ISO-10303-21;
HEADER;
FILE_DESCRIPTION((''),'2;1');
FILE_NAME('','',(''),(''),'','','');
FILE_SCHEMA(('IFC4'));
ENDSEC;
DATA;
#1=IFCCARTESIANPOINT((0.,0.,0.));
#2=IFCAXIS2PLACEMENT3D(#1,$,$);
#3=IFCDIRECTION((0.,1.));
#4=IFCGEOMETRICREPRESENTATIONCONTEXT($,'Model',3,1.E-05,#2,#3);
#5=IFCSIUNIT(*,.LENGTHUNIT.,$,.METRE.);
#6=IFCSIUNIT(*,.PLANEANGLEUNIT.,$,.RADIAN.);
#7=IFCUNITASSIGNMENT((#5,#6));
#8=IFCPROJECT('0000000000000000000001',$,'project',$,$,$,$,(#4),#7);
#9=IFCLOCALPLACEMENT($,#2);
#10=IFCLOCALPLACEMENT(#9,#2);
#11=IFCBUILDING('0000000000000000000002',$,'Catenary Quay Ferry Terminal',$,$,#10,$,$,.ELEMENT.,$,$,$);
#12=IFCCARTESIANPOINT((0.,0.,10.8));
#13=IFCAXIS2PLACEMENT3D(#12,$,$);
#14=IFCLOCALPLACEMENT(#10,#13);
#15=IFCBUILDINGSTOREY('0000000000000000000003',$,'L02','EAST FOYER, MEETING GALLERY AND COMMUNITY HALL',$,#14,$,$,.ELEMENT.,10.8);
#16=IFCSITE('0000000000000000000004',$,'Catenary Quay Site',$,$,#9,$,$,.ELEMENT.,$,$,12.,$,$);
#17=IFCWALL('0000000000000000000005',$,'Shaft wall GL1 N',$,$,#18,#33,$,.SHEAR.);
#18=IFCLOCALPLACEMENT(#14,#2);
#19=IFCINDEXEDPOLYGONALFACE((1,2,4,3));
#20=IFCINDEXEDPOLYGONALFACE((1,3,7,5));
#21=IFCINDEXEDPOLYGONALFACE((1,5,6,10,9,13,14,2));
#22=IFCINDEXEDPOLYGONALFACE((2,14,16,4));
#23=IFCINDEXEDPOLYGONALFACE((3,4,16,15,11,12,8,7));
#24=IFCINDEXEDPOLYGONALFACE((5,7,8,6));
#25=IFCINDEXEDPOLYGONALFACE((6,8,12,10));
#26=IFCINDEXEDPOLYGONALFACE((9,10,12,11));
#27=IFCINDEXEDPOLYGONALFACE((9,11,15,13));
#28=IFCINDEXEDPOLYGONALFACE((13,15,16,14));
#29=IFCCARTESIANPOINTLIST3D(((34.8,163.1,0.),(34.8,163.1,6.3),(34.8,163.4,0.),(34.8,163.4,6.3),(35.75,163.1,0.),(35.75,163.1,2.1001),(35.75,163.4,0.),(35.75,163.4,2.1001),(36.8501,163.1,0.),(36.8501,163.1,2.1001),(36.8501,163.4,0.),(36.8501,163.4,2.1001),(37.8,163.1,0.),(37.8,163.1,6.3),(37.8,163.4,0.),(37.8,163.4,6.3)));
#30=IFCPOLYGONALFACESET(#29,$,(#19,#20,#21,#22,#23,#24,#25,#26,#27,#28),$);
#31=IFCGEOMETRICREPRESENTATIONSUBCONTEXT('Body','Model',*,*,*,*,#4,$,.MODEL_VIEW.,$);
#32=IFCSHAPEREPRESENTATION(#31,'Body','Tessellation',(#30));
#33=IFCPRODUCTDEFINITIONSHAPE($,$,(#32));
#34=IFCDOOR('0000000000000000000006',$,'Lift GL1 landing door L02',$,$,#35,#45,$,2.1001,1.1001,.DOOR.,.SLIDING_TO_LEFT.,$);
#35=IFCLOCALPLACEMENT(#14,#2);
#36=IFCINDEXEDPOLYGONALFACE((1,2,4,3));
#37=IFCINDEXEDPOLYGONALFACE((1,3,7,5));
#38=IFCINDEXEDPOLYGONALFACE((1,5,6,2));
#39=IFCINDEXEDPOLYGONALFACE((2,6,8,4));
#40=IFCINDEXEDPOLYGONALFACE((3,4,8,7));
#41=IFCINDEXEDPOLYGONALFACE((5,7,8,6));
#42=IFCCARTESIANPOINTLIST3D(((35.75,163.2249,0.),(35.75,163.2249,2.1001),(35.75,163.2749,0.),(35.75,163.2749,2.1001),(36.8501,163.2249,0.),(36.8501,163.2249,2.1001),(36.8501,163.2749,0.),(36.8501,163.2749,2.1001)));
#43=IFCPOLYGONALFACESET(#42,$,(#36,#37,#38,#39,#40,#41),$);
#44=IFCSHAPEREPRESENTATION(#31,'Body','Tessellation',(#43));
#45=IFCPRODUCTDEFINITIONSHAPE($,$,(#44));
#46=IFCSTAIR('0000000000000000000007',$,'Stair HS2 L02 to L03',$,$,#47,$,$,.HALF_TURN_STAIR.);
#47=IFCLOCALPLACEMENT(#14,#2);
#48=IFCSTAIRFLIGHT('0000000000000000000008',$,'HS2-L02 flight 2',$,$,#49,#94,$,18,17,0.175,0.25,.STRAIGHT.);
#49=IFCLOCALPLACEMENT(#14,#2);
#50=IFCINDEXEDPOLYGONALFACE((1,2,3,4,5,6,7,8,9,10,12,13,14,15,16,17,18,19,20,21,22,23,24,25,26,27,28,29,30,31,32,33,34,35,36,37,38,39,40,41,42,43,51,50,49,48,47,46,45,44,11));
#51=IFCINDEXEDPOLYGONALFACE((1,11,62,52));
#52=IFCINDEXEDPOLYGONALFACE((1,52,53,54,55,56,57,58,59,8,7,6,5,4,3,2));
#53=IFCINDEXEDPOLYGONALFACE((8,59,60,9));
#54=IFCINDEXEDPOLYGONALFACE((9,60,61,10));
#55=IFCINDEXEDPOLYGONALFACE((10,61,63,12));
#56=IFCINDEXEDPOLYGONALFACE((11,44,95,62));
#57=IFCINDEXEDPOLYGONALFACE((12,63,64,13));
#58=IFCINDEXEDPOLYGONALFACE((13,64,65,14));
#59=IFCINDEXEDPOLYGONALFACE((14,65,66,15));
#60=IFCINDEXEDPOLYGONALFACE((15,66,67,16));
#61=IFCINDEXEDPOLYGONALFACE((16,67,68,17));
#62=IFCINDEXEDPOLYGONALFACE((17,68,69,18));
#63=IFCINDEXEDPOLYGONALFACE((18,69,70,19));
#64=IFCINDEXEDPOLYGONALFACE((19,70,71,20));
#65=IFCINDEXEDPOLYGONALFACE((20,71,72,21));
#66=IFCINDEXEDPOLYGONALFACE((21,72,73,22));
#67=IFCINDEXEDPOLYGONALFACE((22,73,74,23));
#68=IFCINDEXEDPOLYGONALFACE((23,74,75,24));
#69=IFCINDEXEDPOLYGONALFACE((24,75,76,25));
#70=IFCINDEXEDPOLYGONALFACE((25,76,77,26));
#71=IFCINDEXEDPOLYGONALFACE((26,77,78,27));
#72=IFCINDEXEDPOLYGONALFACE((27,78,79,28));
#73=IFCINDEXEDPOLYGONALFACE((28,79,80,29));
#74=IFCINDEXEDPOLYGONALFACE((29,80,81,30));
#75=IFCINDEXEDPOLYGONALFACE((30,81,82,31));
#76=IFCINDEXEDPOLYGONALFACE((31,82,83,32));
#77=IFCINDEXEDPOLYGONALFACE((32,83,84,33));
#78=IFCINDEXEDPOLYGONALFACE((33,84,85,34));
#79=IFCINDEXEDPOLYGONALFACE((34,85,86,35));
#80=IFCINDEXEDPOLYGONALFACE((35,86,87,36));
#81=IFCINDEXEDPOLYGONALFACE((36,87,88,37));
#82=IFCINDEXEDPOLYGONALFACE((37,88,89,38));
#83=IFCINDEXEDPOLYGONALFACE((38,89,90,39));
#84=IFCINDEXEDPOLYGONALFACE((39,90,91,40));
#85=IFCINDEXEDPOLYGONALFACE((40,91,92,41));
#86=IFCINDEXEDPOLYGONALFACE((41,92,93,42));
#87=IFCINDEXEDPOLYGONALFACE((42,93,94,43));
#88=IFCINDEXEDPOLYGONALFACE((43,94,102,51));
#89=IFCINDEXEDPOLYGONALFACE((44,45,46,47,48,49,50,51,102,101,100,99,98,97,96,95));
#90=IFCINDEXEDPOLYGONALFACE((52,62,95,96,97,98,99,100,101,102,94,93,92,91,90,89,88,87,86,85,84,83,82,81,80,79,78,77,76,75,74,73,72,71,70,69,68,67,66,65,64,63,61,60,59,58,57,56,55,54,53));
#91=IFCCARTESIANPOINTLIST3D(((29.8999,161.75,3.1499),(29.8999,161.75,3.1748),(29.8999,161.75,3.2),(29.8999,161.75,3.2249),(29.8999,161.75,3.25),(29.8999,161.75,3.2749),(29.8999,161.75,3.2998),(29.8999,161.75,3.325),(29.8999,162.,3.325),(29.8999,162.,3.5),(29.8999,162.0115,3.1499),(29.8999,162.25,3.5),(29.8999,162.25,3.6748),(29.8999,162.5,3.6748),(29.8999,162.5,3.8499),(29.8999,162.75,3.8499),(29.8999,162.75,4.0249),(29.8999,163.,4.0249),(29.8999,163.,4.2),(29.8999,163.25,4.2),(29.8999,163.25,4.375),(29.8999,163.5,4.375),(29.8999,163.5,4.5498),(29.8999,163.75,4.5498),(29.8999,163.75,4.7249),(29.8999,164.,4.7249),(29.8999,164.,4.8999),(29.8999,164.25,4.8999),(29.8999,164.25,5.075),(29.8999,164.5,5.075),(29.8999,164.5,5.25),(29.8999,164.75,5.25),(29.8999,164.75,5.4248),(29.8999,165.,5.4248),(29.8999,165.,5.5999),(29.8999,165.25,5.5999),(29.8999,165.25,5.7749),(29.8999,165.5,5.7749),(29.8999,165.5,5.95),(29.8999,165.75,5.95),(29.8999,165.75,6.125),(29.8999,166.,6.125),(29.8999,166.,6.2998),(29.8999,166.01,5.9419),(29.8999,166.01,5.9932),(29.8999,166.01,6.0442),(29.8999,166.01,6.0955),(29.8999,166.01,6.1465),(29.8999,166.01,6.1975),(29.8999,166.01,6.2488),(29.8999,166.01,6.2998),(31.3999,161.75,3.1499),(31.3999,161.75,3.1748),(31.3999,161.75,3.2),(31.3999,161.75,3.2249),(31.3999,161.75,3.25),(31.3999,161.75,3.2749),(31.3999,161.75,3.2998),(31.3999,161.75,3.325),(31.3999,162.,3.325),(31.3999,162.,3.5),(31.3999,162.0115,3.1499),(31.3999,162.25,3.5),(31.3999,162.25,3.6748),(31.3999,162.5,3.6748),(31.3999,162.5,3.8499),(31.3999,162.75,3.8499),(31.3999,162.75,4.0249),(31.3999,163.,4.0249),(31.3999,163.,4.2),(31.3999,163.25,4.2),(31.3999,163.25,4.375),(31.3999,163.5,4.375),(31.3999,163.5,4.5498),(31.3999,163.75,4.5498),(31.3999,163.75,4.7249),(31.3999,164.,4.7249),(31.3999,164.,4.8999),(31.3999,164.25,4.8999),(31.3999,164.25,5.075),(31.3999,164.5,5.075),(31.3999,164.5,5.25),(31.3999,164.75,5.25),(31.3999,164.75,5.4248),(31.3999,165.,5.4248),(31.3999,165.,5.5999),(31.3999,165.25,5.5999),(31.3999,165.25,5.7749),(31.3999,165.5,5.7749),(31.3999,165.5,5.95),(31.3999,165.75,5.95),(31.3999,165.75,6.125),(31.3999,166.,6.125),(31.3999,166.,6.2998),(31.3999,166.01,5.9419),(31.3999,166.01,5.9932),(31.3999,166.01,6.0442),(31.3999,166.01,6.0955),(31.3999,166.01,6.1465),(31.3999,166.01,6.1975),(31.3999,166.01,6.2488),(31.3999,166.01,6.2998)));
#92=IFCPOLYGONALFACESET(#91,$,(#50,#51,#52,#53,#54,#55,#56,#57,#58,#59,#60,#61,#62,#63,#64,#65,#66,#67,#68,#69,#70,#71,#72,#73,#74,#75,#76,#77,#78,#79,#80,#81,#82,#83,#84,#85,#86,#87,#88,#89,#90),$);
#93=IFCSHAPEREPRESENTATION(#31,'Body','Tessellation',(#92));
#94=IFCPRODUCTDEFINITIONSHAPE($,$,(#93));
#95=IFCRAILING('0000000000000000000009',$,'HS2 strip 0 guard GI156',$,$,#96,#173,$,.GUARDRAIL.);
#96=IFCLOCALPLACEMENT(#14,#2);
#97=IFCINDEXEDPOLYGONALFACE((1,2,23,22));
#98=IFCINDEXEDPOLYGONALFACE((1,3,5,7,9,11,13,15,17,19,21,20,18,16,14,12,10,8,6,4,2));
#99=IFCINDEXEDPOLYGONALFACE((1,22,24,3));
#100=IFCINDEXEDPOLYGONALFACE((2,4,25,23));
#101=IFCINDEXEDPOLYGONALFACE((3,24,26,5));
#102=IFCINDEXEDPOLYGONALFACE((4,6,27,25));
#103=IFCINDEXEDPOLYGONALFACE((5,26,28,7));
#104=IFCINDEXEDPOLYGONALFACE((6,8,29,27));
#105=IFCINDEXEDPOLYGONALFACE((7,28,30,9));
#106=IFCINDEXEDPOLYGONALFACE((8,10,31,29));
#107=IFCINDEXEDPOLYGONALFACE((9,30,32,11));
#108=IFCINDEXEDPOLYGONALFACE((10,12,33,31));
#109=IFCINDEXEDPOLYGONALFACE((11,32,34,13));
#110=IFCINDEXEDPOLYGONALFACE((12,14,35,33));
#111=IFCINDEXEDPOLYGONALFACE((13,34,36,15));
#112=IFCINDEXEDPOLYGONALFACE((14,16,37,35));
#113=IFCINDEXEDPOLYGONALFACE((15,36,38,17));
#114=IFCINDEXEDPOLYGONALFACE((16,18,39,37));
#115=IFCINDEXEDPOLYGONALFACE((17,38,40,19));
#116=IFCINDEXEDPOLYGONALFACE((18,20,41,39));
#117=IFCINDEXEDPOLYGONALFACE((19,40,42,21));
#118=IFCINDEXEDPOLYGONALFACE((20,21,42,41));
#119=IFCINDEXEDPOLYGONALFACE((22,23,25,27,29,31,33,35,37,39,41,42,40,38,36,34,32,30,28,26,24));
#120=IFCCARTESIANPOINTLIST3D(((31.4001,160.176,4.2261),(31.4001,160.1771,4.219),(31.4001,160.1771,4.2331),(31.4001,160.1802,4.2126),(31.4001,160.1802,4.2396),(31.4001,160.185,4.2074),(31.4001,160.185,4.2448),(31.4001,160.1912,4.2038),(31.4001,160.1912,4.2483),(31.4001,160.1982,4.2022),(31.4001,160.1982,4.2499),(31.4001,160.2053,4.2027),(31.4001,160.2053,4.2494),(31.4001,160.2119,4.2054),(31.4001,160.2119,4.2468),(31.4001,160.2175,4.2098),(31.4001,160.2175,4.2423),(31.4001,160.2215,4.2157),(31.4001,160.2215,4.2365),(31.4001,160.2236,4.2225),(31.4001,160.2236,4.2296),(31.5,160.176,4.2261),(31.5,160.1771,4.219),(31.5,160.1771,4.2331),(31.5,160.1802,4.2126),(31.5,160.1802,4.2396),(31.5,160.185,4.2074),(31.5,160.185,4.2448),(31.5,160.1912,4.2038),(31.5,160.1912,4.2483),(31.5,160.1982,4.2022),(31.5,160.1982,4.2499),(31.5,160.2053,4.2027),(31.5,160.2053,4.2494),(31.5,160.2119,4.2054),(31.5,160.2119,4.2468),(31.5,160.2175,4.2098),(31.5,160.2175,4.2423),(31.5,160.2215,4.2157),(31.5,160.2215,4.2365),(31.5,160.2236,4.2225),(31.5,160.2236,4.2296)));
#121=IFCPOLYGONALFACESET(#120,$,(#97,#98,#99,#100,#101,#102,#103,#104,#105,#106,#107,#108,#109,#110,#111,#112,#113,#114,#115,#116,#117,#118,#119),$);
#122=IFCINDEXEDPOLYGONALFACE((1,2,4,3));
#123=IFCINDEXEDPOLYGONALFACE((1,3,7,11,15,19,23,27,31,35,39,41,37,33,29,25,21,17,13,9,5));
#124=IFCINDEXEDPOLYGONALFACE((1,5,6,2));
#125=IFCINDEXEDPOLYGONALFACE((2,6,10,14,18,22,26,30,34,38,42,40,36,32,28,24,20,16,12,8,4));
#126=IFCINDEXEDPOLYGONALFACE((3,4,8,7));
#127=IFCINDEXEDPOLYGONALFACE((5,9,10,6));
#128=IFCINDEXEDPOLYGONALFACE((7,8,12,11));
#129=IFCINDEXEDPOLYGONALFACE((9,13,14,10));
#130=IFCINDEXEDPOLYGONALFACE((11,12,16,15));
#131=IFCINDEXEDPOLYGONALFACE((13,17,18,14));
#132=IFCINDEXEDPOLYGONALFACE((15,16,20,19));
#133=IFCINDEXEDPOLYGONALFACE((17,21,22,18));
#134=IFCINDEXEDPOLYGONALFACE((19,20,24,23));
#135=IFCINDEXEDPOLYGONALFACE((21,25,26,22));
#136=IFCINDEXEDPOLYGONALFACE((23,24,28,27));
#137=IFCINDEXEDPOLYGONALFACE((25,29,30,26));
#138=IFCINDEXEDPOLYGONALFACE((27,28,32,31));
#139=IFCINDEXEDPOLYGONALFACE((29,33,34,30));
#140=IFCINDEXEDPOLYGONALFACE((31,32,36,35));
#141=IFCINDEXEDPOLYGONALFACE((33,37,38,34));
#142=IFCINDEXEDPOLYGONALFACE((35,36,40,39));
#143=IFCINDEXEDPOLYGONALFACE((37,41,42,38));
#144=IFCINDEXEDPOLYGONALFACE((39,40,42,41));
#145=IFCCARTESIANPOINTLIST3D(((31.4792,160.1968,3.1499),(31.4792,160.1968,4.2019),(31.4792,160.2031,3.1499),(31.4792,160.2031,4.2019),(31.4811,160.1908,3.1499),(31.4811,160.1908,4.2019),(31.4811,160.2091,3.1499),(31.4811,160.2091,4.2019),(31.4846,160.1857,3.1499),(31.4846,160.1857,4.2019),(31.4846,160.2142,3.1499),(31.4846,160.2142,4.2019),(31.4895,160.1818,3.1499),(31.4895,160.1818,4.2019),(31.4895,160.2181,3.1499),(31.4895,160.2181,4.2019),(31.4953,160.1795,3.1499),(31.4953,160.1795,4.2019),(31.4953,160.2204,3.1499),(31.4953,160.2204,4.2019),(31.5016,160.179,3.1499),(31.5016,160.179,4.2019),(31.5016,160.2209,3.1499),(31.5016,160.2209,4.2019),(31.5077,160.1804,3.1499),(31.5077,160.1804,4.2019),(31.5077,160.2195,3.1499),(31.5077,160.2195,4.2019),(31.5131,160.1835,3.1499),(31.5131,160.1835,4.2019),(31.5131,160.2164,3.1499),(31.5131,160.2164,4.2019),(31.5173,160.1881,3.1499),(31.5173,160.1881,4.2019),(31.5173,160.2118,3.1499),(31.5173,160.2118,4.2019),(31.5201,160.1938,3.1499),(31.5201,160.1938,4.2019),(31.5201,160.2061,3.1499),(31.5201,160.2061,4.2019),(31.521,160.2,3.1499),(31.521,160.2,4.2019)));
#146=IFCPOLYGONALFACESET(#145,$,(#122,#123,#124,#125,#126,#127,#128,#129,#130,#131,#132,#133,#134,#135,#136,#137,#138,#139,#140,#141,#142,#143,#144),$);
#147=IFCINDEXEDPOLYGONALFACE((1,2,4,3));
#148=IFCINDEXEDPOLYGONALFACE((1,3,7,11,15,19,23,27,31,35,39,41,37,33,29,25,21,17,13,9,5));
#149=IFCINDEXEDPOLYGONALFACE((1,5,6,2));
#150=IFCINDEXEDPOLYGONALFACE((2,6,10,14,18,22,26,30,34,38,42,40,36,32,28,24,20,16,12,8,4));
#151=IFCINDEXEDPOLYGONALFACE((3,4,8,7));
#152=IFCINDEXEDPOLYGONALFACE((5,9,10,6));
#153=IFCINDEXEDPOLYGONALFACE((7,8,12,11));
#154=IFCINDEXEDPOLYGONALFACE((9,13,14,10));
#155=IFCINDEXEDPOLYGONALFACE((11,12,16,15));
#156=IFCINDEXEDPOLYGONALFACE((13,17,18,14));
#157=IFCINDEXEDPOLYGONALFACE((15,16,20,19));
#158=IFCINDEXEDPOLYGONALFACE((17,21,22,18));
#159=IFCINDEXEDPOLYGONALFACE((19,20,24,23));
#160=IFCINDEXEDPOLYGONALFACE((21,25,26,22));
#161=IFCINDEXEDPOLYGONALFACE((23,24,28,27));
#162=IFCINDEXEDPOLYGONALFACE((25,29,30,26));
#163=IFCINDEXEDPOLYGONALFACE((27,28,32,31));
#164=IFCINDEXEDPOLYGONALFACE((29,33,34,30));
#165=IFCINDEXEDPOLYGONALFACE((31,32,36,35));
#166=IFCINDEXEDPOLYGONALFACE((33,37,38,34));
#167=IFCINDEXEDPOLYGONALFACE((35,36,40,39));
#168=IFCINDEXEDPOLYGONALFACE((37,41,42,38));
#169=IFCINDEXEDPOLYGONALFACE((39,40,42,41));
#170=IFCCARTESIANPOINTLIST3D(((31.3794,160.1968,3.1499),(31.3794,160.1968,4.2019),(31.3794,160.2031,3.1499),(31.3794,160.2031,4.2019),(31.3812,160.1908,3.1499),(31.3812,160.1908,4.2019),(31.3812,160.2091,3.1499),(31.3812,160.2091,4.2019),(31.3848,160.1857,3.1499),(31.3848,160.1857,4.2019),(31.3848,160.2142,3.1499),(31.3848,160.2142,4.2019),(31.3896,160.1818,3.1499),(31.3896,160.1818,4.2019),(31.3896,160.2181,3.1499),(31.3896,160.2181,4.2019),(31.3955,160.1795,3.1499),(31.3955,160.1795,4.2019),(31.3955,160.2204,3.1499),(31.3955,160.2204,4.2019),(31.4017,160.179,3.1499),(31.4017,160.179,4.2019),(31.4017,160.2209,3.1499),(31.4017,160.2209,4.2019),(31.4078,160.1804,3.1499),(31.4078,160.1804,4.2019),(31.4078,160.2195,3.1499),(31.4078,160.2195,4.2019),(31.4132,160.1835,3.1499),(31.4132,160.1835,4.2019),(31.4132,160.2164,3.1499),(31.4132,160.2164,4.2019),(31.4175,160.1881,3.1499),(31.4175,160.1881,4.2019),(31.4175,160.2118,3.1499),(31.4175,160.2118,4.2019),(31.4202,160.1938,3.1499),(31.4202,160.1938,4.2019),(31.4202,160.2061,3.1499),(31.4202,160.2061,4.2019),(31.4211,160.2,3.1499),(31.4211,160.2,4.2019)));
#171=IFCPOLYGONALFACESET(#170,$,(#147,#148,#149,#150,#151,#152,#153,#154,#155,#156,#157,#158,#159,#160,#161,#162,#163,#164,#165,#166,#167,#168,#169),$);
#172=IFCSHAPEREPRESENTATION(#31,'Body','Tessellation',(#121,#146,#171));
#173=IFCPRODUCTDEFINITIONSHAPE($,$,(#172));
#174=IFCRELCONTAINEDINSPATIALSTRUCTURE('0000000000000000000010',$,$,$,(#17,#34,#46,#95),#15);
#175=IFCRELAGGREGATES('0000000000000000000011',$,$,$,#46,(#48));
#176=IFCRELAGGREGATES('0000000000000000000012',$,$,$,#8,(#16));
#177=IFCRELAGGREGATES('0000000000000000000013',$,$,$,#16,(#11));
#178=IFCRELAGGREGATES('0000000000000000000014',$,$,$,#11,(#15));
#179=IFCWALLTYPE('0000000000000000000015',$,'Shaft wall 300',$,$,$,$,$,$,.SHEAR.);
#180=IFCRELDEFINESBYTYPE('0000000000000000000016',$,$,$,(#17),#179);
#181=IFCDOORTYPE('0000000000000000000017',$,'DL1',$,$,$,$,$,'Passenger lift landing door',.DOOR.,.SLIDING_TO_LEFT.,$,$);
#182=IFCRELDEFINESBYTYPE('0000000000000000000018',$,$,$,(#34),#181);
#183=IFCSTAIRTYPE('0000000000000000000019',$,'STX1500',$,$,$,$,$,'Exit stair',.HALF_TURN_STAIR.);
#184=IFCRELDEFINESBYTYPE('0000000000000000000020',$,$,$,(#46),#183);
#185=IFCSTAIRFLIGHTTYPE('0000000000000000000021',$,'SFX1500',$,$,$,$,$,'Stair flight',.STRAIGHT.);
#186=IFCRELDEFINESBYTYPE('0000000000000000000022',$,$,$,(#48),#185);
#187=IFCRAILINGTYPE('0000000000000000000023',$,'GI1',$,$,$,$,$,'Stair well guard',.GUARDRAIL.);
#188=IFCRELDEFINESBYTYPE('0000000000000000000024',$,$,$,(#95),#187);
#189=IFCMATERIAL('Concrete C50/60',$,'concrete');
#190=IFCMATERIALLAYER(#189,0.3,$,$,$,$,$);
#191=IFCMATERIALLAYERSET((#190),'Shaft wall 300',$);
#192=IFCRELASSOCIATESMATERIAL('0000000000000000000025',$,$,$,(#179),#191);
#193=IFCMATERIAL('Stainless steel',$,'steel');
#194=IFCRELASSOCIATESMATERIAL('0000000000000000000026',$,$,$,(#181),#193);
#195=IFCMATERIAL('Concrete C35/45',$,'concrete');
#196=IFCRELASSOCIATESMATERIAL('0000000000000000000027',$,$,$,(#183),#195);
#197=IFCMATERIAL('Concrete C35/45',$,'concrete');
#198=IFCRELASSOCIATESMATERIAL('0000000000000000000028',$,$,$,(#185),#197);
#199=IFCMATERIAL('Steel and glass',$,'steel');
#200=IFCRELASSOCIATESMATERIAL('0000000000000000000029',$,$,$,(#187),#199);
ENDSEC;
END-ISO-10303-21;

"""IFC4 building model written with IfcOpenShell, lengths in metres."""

from ifc_helpers import new_model, si_unit, direction, frame, frame_2d, origin, origin_2d, place, context, subcontext, project, spatial, polyline, rectangle, circle, outline, extrude, material, layer, layer_set, type_object, element, fill, aggregate, save


model = new_model("IFC4")

# Units and contexts
model_context = context("Model", 3, precision=1e-05, world=origin(), true_north=direction((0.0, 1.0)))
body_context = subcontext(model_context, "Body", "Model", "MODEL_VIEW")
ifc_project = project(units=[si_unit("LENGTHUNIT", "METRE"), si_unit("PLANEANGLEUNIT", "RADIAN")], contexts=[model_context])

# Site, building, storey
site_placement = place(None, origin())
site = spatial("IfcSite", under=ifc_project, at=site_placement, Name="Catenary Quay Site", CompositionType="ELEMENT", RefElevation=12.0)
building_placement = place(site_placement, origin())
building = spatial("IfcBuilding", under=site, at=building_placement, Name="Catenary Quay Ferry Terminal", CompositionType="ELEMENT")
storey_placement = place(building_placement, frame((0.0, 0.0, 10.8)))
storey = spatial("IfcBuildingStorey", under=building, at=storey_placement, Name="L02", Description="EAST FOYER, MEETING GALLERY AND COMMUNITY HALL", CompositionType="ELEMENT", Elevation=10.8)

# Shared definitions
ifc_material_1 = material(Name="Concrete C50/60", Category="concrete")
ifc_layer_1 = layer(ifc_material_1, 0.3)
ifc_layer_set_1 = layer_set([ifc_layer_1], Name="Shaft wall 300")
wall_type_1 = type_object("IfcWallType", Name="Shaft wall 300", PredefinedType="SHEAR", material=ifc_layer_set_1)

# Wall, opening, door
wall_1_placement = place(storey_placement, frame((34.8, 163.25, 0.0), z_axis=(0.0, 0.0, 1.0), x_axis=(1.0, 0.0, 0.0)))
wall_1 = element("IfcWall", 1, at=wall_1_placement, inside=storey, type_object=wall_type_1, Name="Shaft wall GL1 N", PredefinedType="SHEAR", context=body_context, shape_type="SweptSolid", body=[
    extrude(rectangle(XDim=3.0, YDim=0.3, at=frame_2d((1.5, 0.0))), origin(), (0.0, 0.0, 1.0), 6.3),
])
opening_1_placement = place(wall_1_placement, frame((0.95, 0.0, 0.0)))
opening_1 = element("IfcOpeningElement", 2, at=opening_1_placement, cuts=wall_1, PredefinedType="OPENING", context=body_context, shape_type="SweptSolid", body=[
    extrude(rectangle(XDim=1.1001, YDim=2.1001, at=frame_2d((0.55, 1.05))), frame((0.0, 0.1599, 0.0), z_axis=(0.0, -1.0, 0.0), x_axis=(1.0, 0.0, 0.0)), (0.0, 0.0, 1.0), 0.3201),
])
ifc_material_2 = material(Name="Stainless steel", Category="steel")
door_type_1 = type_object("IfcDoorType", Name="DL1", ElementType="Passenger lift landing door", OperationType="SLIDING_TO_LEFT", PredefinedType="DOOR", material=ifc_material_2)
door_1_placement = place(opening_1_placement, origin())
door_1 = element("IfcDoor", 3, at=door_1_placement, inside=storey, type_object=door_type_1, Name="Lift GL1 landing door L02", OperationType="SLIDING_TO_LEFT", OverallHeight=2.1001, OverallWidth=1.1001, PredefinedType="DOOR", context=body_context, shape_type="SweptSolid", body=[
    extrude(rectangle(XDim=1.1001, YDim=2.1001, at=frame_2d((0.55, 1.05))), frame((0.0, 0.0249, 0.0), z_axis=(0.0, -1.0, 0.0), x_axis=(1.0, 0.0, 0.0)), (0.0, 0.0, 1.0), 0.05),
])
fill(opening_1, door_1)

# Stair, stair flight
ifc_material_3 = material(Name="Concrete C35/45", Category="concrete")
stair_type = type_object("IfcStairType", Name="STX1500", ElementType="Exit stair", PredefinedType="HALF_TURN_STAIR", material=ifc_material_3)
stair_placement = place(storey_placement, origin())
stair = element("IfcStair", 4, at=stair_placement, inside=storey, type_object=stair_type, Name="Stair HS2 L02 to L03", PredefinedType="HALF_TURN_STAIR")
ifc_material_4 = material(Name="Concrete C35/45", Category="concrete")
stair_flight_type = type_object("IfcStairFlightType", Name="SFX1500", ElementType="Stair flight", PredefinedType="STRAIGHT", material=ifc_material_4)
stair_flight_placement = place(storey_placement, frame((30.6499, 161.75, 3.1499), z_axis=(0.0, 0.0, 1.0), x_axis=(0.0, 1.0, 0.0)))
stair_flight = element("IfcStairFlight", 5, at=stair_flight_placement, type_object=stair_flight_type, Name="HS2-L02 flight 2", NumberOfRisers=18, NumberOfTreads=17, PredefinedType="STRAIGHT", RiserHeight=0.175, TreadLength=0.25, context=body_context, shape_type="SweptSolid", body=[
    extrude(outline(polyline([(0.0, 0.0), (0.0, 0.0249), (0.0, 0.05), (0.0, 0.075), (0.0, 0.1001), (0.0, 0.125), (0.0, 0.1499), (0.0, 0.175), (0.25, 0.175), (0.25, 0.3501), (0.5, 0.3501), (0.5, 0.5249), (0.75, 0.5249), (0.75, 0.7), (1.0, 0.7), (1.0, 0.875), (1.25, 0.875), (1.25, 1.05), (1.5, 1.05), (1.5, 1.2251), (1.75, 1.2251), (1.75, 1.3999), (2.0, 1.3999), (2.0, 1.575), (2.25, 1.575), (2.25, 1.75), (2.5, 1.75), (2.5, 1.925), (2.75, 1.925), (2.75, 2.1001), (3.0, 2.1001), (3.0, 2.2749), (3.25, 2.2749), (3.25, 2.45), (3.5, 2.45), (3.5, 2.625), (3.75, 2.625), (3.75, 2.8), (4.0, 2.8), (4.0, 2.9751), (4.25, 2.9751), (4.25, 3.1499), (4.26, 3.1499), (4.26, 3.0989), (4.26, 3.0476), (4.26, 2.9966), (4.26, 2.9456), (4.26, 2.8943), (4.26, 2.8433), (4.26, 2.792), (0.2615, 0.0), (0.0, 0.0)])), frame((0.0, 0.75, 0.0), z_axis=(0.0, -1.0, 0.0), x_axis=(1.0, 0.0, 0.0)), (0.0, 0.0, 1.0), 1.5),
])
aggregate(stair, [stair_flight])

# Railing
ifc_material_5 = material(Name="Steel and glass", Category="steel")
railing_type_1 = type_object("IfcRailingType", Name="GI1", ElementType="Stair well guard", PredefinedType="GUARDRAIL", material=ifc_material_5)
railing_1_placement = place(storey_placement, frame((31.5, 160.2, 3.1499)))
element("IfcRailing", 6, at=railing_1_placement, inside=storey, type_object=railing_type_1, Name="HS2 strip 0 guard GI156", PredefinedType="GUARDRAIL", context=body_context, shape_type="SweptSolid", body=[
    extrude(circle(Radius=0.0239, at=origin_2d()), frame((0.0, 0.0, 1.0762), z_axis=(-1.0, 0.0, 0.0), x_axis=(0.0, -1.0, 0.0)), (0.0, 0.0, 1.0), 0.0999),
    extrude(circle(Radius=0.021, at=origin_2d()), origin(), (0.0, 0.0, 1.0), 1.052),
    extrude(circle(Radius=0.021, at=origin_2d()), frame((-0.0999, 0.0, 0.0)), (0.0, 0.0, 1.0), 1.052),
])

save(model, "model.ifc")
